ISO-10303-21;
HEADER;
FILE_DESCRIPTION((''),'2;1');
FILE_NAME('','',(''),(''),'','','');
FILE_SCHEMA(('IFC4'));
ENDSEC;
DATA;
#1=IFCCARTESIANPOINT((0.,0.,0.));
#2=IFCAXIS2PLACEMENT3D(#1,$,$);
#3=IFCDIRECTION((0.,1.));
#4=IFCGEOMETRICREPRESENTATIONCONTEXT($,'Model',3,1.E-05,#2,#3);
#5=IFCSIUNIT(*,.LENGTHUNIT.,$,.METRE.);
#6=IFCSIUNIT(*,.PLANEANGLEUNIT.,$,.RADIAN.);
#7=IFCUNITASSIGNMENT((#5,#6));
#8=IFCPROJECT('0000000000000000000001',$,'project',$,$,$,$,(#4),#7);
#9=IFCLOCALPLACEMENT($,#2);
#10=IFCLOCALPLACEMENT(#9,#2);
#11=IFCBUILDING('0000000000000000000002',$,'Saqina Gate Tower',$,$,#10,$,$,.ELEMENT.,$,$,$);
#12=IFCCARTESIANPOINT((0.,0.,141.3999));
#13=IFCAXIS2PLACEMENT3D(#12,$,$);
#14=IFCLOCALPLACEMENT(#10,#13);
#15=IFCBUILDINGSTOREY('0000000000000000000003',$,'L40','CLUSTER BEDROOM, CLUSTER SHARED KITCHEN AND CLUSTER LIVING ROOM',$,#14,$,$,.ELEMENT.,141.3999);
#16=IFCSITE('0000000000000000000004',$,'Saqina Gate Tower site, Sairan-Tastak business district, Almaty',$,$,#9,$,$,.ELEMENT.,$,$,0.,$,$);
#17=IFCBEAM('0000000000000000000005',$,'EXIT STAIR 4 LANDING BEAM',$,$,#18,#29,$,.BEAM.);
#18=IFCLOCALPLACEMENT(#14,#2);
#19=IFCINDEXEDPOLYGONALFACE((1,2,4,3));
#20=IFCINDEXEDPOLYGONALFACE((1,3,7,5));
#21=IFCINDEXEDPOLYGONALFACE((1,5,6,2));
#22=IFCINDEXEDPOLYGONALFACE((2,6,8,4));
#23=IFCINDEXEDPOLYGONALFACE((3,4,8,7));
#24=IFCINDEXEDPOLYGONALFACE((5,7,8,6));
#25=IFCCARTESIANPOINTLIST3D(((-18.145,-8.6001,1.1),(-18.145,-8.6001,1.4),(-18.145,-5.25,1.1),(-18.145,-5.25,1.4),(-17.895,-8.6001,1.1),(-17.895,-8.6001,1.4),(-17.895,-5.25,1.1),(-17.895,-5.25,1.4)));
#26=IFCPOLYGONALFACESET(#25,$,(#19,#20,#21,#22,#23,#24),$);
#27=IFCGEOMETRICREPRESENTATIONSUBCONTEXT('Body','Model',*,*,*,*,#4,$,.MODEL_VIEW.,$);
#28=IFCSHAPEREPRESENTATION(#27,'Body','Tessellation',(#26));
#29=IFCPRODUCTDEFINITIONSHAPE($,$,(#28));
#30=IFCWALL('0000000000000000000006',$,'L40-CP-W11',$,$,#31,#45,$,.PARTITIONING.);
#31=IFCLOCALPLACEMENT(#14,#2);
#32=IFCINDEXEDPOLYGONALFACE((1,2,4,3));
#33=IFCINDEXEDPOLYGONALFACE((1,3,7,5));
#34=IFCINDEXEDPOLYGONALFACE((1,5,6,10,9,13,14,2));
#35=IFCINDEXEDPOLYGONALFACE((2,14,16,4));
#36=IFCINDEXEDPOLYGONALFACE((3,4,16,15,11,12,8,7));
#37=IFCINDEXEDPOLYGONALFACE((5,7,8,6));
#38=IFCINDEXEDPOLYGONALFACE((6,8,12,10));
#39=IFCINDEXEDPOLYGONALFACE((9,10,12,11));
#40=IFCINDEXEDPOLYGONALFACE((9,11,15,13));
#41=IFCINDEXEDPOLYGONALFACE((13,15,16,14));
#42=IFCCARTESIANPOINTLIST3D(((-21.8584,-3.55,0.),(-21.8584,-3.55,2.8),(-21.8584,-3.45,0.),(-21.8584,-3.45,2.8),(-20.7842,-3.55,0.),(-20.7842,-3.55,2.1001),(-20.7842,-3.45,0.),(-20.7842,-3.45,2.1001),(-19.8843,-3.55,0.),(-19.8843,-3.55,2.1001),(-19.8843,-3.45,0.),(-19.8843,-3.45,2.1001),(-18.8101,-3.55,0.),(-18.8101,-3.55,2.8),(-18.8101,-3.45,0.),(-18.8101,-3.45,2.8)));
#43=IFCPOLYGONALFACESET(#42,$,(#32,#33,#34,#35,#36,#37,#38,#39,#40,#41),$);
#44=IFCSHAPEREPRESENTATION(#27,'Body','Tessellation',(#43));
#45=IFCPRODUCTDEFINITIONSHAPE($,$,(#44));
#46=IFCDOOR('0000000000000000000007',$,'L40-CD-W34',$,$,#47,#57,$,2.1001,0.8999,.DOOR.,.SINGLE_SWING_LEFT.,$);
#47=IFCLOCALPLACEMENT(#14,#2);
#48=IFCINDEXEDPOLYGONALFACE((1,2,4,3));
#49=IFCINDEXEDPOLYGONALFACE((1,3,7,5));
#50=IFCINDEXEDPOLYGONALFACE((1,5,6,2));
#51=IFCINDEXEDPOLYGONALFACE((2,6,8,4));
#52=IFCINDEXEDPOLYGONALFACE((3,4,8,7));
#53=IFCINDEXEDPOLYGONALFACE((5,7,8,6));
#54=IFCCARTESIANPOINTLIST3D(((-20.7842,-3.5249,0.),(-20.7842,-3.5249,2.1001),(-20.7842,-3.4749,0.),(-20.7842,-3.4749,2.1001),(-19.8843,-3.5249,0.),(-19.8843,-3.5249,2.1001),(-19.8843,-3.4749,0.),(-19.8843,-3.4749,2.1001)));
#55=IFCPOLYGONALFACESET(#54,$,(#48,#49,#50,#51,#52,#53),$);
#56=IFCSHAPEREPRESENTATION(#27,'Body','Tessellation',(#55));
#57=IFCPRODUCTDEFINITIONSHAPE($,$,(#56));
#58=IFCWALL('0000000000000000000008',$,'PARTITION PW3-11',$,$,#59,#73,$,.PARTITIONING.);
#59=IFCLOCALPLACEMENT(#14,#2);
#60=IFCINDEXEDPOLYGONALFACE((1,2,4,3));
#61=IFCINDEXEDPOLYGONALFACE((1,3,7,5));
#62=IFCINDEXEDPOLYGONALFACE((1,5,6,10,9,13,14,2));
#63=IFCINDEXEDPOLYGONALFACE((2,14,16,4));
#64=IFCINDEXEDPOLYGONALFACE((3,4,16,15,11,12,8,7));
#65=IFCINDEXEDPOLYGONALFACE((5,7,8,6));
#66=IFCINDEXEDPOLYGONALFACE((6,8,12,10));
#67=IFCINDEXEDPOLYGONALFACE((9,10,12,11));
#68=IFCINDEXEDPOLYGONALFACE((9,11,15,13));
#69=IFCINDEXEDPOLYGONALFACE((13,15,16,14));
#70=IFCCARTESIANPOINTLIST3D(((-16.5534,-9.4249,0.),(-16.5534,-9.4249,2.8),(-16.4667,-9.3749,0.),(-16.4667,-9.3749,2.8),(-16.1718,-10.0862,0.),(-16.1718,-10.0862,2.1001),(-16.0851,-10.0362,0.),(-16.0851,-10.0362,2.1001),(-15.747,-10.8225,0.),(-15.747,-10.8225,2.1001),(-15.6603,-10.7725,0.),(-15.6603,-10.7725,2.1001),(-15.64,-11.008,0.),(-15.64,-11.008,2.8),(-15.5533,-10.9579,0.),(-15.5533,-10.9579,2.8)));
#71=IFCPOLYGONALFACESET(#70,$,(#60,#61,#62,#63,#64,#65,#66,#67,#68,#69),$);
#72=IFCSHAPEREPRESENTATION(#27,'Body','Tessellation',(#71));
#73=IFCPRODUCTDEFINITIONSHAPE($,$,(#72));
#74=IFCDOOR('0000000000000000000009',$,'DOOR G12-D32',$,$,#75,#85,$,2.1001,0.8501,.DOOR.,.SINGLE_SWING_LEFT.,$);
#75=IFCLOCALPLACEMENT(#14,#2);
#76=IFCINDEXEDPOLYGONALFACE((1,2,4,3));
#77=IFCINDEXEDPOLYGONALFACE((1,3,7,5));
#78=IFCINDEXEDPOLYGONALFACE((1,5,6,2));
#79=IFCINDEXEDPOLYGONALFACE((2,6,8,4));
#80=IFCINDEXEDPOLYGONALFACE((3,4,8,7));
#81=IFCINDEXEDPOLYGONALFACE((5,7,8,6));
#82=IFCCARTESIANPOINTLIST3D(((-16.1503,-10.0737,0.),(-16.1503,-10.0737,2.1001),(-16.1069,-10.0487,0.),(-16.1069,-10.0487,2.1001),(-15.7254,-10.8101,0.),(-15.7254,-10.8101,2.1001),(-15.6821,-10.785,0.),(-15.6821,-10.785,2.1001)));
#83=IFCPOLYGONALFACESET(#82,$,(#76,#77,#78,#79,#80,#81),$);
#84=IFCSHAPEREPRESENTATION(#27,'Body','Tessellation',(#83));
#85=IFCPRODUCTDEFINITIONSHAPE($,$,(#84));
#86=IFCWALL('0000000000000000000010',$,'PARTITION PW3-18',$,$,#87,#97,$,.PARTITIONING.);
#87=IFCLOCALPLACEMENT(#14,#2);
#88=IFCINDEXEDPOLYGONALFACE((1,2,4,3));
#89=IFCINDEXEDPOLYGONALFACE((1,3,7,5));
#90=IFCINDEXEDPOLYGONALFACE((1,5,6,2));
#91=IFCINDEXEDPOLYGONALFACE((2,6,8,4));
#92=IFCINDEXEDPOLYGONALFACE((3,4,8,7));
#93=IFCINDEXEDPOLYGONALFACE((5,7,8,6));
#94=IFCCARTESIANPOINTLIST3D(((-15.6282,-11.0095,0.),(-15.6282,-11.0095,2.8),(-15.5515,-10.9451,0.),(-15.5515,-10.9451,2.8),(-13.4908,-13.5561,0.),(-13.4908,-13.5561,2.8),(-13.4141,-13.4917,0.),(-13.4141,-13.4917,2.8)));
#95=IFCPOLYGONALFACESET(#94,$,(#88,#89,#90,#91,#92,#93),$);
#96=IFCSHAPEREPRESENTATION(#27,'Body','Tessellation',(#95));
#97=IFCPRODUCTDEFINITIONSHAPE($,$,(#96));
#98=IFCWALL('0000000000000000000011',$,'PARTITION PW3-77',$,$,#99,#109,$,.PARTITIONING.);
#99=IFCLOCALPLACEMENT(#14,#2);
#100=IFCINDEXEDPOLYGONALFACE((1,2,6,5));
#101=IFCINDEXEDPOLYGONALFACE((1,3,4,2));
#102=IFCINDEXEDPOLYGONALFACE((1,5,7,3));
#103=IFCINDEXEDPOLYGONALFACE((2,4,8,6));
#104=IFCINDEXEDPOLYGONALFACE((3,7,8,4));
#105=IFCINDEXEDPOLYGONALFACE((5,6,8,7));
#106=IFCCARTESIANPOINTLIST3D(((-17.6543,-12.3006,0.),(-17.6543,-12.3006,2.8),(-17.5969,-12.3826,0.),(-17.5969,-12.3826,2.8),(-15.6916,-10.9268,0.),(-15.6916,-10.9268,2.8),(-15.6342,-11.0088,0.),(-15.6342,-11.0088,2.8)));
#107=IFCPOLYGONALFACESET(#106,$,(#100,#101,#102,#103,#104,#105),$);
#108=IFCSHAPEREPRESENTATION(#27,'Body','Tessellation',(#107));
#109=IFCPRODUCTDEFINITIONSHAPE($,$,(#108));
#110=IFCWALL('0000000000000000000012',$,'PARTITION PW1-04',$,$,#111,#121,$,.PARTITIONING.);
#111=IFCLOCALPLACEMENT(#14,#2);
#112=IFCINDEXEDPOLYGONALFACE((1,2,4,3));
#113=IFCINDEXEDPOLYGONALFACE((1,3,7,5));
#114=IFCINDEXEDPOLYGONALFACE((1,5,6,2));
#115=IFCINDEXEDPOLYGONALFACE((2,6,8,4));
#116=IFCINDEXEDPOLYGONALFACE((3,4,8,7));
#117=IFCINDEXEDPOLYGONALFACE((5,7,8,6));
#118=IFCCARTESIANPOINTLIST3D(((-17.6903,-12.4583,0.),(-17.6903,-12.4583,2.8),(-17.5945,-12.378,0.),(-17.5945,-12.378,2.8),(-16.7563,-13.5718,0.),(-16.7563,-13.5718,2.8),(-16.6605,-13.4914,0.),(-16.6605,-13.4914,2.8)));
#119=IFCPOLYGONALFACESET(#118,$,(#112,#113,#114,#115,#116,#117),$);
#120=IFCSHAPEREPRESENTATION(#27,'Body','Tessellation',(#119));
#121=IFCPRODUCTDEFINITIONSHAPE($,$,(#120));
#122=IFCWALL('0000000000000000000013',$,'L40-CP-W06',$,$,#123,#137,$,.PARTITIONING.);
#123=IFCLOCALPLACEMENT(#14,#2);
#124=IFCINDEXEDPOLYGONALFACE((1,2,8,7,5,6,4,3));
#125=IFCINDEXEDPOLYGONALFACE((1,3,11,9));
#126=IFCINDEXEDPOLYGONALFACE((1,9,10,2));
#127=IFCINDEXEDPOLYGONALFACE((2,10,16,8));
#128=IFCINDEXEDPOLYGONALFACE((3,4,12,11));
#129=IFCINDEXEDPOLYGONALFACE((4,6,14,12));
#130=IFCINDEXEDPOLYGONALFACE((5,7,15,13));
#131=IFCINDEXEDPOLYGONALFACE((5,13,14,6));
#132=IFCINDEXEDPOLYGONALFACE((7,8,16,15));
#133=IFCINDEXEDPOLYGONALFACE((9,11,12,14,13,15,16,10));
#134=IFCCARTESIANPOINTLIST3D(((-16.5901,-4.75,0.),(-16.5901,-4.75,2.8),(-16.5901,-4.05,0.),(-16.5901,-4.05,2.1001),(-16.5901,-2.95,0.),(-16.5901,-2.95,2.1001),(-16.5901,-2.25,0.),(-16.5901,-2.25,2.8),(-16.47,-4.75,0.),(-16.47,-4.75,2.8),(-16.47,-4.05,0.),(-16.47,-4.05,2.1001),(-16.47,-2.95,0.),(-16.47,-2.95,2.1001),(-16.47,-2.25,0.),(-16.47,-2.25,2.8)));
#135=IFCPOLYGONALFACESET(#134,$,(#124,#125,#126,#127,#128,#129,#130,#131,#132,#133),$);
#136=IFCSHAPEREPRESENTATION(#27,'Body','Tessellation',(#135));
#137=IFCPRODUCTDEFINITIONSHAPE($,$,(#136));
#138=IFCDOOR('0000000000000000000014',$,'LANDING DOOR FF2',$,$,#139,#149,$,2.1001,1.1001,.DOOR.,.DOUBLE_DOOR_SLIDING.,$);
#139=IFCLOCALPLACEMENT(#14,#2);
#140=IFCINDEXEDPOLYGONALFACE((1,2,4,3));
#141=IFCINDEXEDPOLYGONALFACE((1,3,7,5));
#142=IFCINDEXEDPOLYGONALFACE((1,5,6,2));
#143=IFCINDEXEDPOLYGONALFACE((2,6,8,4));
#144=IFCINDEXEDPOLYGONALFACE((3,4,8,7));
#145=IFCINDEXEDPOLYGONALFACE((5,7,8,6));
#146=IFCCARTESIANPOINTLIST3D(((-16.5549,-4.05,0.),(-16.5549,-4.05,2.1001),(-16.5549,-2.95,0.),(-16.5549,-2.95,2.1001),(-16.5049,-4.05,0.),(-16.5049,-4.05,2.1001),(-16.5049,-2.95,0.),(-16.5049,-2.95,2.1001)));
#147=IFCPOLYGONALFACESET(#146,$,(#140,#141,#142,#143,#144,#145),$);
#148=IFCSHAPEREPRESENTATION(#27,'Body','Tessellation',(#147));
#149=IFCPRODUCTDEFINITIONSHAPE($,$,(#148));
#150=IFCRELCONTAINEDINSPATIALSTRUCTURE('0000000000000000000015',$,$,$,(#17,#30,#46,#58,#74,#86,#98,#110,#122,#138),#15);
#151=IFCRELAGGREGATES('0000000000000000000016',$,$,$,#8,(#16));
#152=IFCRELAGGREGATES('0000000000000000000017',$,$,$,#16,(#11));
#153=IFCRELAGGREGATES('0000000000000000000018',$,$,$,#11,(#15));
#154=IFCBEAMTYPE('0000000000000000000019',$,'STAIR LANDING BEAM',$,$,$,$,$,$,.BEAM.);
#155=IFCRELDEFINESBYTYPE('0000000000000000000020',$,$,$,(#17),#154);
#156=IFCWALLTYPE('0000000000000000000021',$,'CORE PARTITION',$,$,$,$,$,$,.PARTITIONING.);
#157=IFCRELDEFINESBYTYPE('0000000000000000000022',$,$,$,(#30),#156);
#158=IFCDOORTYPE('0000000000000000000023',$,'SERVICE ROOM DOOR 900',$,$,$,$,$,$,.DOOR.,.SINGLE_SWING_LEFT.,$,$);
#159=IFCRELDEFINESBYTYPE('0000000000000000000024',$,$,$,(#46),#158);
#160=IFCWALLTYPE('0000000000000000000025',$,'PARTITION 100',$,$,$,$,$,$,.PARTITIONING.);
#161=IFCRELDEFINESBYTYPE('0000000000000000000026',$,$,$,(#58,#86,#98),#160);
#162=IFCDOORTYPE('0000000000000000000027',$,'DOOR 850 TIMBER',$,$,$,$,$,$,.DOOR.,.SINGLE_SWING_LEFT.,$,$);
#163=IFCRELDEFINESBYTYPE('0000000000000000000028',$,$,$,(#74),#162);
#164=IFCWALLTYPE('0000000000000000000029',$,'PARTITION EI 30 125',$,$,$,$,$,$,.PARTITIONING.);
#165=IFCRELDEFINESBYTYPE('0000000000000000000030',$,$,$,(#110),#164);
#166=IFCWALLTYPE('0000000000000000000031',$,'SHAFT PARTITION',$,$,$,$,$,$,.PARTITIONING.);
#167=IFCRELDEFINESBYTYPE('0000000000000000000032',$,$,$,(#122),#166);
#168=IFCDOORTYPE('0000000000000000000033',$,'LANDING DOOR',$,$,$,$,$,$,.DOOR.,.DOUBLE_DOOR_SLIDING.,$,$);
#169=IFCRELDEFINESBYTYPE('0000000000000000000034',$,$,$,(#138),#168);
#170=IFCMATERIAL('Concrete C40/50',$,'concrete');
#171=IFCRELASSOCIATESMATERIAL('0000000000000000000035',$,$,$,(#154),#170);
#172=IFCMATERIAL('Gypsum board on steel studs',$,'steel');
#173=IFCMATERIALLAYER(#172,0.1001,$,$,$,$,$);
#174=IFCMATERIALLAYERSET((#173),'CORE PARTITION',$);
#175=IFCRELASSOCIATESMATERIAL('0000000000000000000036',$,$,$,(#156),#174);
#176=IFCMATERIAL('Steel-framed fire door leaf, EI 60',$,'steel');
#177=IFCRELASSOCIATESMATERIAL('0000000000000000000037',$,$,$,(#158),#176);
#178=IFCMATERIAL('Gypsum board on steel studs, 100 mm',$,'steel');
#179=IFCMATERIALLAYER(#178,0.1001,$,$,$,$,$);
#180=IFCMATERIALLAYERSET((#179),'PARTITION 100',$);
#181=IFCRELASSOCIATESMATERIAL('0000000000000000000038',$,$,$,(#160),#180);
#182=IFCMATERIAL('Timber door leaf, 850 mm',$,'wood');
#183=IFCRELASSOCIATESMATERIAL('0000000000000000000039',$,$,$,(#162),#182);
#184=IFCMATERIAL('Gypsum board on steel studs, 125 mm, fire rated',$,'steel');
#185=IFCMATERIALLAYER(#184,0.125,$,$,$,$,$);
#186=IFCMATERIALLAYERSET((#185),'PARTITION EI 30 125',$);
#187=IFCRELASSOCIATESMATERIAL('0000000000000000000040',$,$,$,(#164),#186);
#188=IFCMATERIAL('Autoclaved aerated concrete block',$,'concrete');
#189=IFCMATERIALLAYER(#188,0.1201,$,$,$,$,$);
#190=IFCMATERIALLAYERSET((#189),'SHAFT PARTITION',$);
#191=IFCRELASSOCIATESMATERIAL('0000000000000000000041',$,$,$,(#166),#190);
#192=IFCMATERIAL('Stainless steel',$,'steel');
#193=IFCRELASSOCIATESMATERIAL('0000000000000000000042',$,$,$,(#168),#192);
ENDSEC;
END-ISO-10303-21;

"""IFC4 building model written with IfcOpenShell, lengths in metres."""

from ifc_helpers import new_model, si_unit, direction, frame, frame_2d, origin, origin_2d, place, context, subcontext, project, spatial, rectangle, extrude, material, layer, layer_set, material_profile, profile_set, type_object, element, fill, save


model = new_model("IFC4")

# Units and contexts
model_context = context("Model", 3, precision=1e-05, world=origin(), true_north=direction((0.0, 1.0)))
body_context = subcontext(model_context, "Body", "Model", "MODEL_VIEW")
ifc_project = project(units=[si_unit("LENGTHUNIT", "METRE"), si_unit("PLANEANGLEUNIT", "RADIAN")], contexts=[model_context])

# Site, building, storey
site_placement = place(None, origin())
site = spatial("IfcSite", under=ifc_project, at=site_placement, Name="Saqina Gate Tower site, Sairan-Tastak business district, Almaty", CompositionType="ELEMENT", RefElevation=0.0)
building_placement = place(site_placement, origin())
building = spatial("IfcBuilding", under=site, at=building_placement, Name="Saqina Gate Tower", CompositionType="ELEMENT")
storey_placement = place(building_placement, frame((0.0, 0.0, 141.3999)))
storey = spatial("IfcBuildingStorey", under=building, at=storey_placement, Name="L40", Description="CLUSTER BEDROOM, CLUSTER SHARED KITCHEN AND CLUSTER LIVING ROOM", CompositionType="ELEMENT", Elevation=141.3999)

# Beam
ifc_material_1 = material(Name="Concrete C40/50", Category="concrete")
ifc_material_profile = material_profile(ifc_material_1, rectangle(XDim=0.25, YDim=0.3, at=origin_2d()), Name="STAIR LANDING BEAM")
ifc_profile_set = profile_set([ifc_material_profile], Name="Concrete C40/50")
beam_type = type_object("IfcBeamType", Name="STAIR LANDING BEAM", PredefinedType="BEAM", material=ifc_profile_set)
beam_placement = place(storey_placement, frame((-18.02, -8.6001, 1.25), z_axis=(0.0, 1.0, 0.0), x_axis=(-1.0, 0.0, 0.0)))
element("IfcBeam", 1, at=beam_placement, inside=storey, type_object=beam_type, Name="EXIT STAIR 4 LANDING BEAM", PredefinedType="BEAM", context=body_context, shape_type="SweptSolid", body=[
    extrude(rectangle(XDim=0.25, YDim=0.3, at=origin_2d()), origin(), (0.0, 0.0, 1.0), 3.3501),
])

# Walls, openings, doors
ifc_material_2 = material(Name="Gypsum board on steel studs", Category="steel")
ifc_layer_1 = layer(ifc_material_2, 0.1001)
ifc_layer_set_1 = layer_set([ifc_layer_1], Name="CORE PARTITION")
wall_type_1 = type_object("IfcWallType", Name="CORE PARTITION", PredefinedType="PARTITIONING", material=ifc_layer_set_1)
wall_1_placement = place(storey_placement, frame((-18.8101, -3.5, 0.0), z_axis=(0.0, 0.0, 1.0), x_axis=(-1.0, 0.0, 0.0)))
wall_1 = element("IfcWall", 2, at=wall_1_placement, inside=storey, type_object=wall_type_1, Name="L40-CP-W11", PredefinedType="PARTITIONING", context=body_context, shape_type="SweptSolid", body=[
    extrude(rectangle(XDim=3.0483, YDim=0.1001, at=frame_2d((1.5242, 0.0))), origin(), (0.0, 0.0, 1.0), 2.8),
])
opening_1_placement = place(wall_1_placement, frame((1.0742, 0.0, 0.0)))
opening_1 = element("IfcOpeningElement", 3, at=opening_1_placement, cuts=wall_1, PredefinedType="OPENING", context=body_context, shape_type="SweptSolid", body=[
    extrude(rectangle(XDim=0.8999, YDim=2.1001, at=frame_2d((0.45, 1.05))), frame((0.0, 0.062, 0.0), z_axis=(0.0, -1.0, 0.0), x_axis=(1.0, 0.0, 0.0)), (0.0, 0.0, 1.0), 0.124),
])
ifc_material_3 = material(Name="Steel-framed fire door leaf, EI 60", Category="steel")
door_type_1 = type_object("IfcDoorType", Name="SERVICE ROOM DOOR 900", OperationType="SINGLE_SWING_LEFT", PredefinedType="DOOR", material=ifc_material_3)
door_1_placement = place(opening_1_placement, origin())
door_1 = element("IfcDoor", 4, at=door_1_placement, inside=storey, type_object=door_type_1, Name="L40-CD-W34", OperationType="SINGLE_SWING_LEFT", OverallHeight=2.1001, OverallWidth=0.8999, PredefinedType="DOOR", context=body_context, shape_type="SweptSolid", body=[
    extrude(rectangle(XDim=0.8999, YDim=2.1001, at=frame_2d((0.45, 1.05))), frame((0.0, 0.0249, 0.0), z_axis=(0.0, -1.0, 0.0), x_axis=(1.0, 0.0, 0.0)), (0.0, 0.0, 1.0), 0.05),
])
fill(opening_1, door_1)
ifc_material_4 = material(Name="Gypsum board on steel studs, 100 mm", Category="steel")
ifc_layer_2 = layer(ifc_material_4, 0.1001)
ifc_layer_set_2 = layer_set([ifc_layer_2], Name="PARTITION 100")
wall_type_2 = type_object("IfcWallType", Name="PARTITION 100", PredefinedType="PARTITIONING", material=ifc_layer_set_2)
wall_2_placement = place(storey_placement, frame((-16.51, -9.3999, 0.0), z_axis=(0.0, 0.0, 1.0), x_axis=(0.499746, -0.866172, 0.0)))
wall_2 = element("IfcWall", 5, at=wall_2_placement, inside=storey, type_object=wall_type_2, Name="PARTITION PW3-11", PredefinedType="PARTITIONING", context=body_context, shape_type="SweptSolid", body=[
    extrude(rectangle(XDim=1.8276, YDim=0.1001, at=frame_2d((0.9138, 0.0))), origin(), (0.0, 0.0, 1.0), 2.8),
])
opening_2_placement = place(wall_2_placement, frame((0.7634, 0.0, 0.0)))
opening_2 = element("IfcOpeningElement", 6, at=opening_2_placement, cuts=wall_2, PredefinedType="OPENING", context=body_context, shape_type="SweptSolid", body=[
    extrude(rectangle(XDim=0.8501, YDim=2.1001, at=frame_2d((0.425, 1.05))), frame((0.0, 0.062, 0.0), z_axis=(0.0, -1.0, 0.0), x_axis=(1.0, 0.0, 0.0)), (0.0, 0.0, 1.0), 0.124),
])
ifc_material_5 = material(Name="Timber door leaf, 850 mm", Category="wood")
door_type_2 = type_object("IfcDoorType", Name="DOOR 850 TIMBER", OperationType="SINGLE_SWING_LEFT", PredefinedType="DOOR", material=ifc_material_5)
door_2_placement = place(opening_2_placement, origin())
door_2 = element("IfcDoor", 7, at=door_2_placement, inside=storey, type_object=door_type_2, Name="DOOR G12-D32", OperationType="SINGLE_SWING_LEFT", OverallHeight=2.1001, OverallWidth=0.8501, PredefinedType="DOOR", context=body_context, shape_type="SweptSolid", body=[
    extrude(rectangle(XDim=0.8501, YDim=2.1001, at=frame_2d((0.425, 1.05))), frame((0.0, 0.0249, 0.0), z_axis=(0.0, -1.0, 0.0), x_axis=(1.0, 0.0, 0.0)), (0.0, 0.0, 1.0), 0.05),
])
fill(opening_2, door_2)

# Walls
wall_3_placement = place(storey_placement, frame((-15.5898, -10.9773, 0.0), z_axis=(0.0, 0.0, 1.0), x_axis=(0.642889, -0.765959, 0.0)))
element("IfcWall", 8, at=wall_3_placement, inside=storey, type_object=wall_type_2, Name="PARTITION PW3-18", PredefinedType="PARTITIONING", context=body_context, shape_type="SweptSolid", body=[
    extrude(rectangle(XDim=3.3247, YDim=0.1001, at=frame_2d((1.6624, 0.0))), origin(), (0.0, 0.0, 1.0), 2.8),
])
wall_4_placement = place(storey_placement, frame((-17.6255, -12.3416, 0.0), z_axis=(0.0, 0.0, 1.0), x_axis=(0.819246, 0.573442, 0.0)))
element("IfcWall", 9, at=wall_4_placement, inside=storey, type_object=wall_type_2, Name="PARTITION PW3-77", PredefinedType="PARTITIONING", context=body_context, shape_type="SweptSolid", body=[
    extrude(rectangle(XDim=2.3958, YDim=0.1001, at=frame_2d((1.1978, 0.0))), origin(), (0.0, 0.0, 1.0), 2.8),
])
ifc_material_6 = material(Name="Gypsum board on steel studs, 125 mm, fire rated", Category="steel")
ifc_layer_3 = layer(ifc_material_6, 0.125)
ifc_layer_set_3 = layer_set([ifc_layer_3], Name="PARTITION EI 30 125")
wall_type_3 = type_object("IfcWallType", Name="PARTITION EI 30 125", PredefinedType="PARTITIONING", material=ifc_layer_set_3)
wall_5_placement = place(storey_placement, frame((-17.6423, -12.4182, 0.0), z_axis=(0.0, 0.0, 1.0), x_axis=(0.642676, -0.766138, 0.0)))
element("IfcWall", 10, at=wall_5_placement, inside=storey, type_object=wall_type_3, Name="PARTITION PW1-04", PredefinedType="PARTITIONING", context=body_context, shape_type="SweptSolid", body=[
    extrude(rectangle(XDim=1.4534, YDim=0.125, at=frame_2d((0.7266, 0.0))), origin(), (0.0, 0.0, 1.0), 2.8),
])

# Wall, opening, door
ifc_material_7 = material(Name="Autoclaved aerated concrete block", Category="concrete")
ifc_layer_4 = layer(ifc_material_7, 0.1201)
ifc_layer_set_4 = layer_set([ifc_layer_4], Name="SHAFT PARTITION")
wall_type_4 = type_object("IfcWallType", Name="SHAFT PARTITION", PredefinedType="PARTITIONING", material=ifc_layer_set_4)
wall_6_placement = place(storey_placement, frame((-16.53, -4.75, 0.0), z_axis=(0.0, 0.0, 1.0), x_axis=(0.0, 1.0, 0.0)))
wall_6 = element("IfcWall", 11, at=wall_6_placement, inside=storey, type_object=wall_type_4, Name="L40-CP-W06", PredefinedType="PARTITIONING", context=body_context, shape_type="SweptSolid", body=[
    extrude(rectangle(XDim=2.5, YDim=0.1201, at=frame_2d((1.25, 0.0))), origin(), (0.0, 0.0, 1.0), 2.8),
])
opening_3_placement = place(wall_6_placement, frame((0.7, 0.0, 0.0)))
opening_3 = element("IfcOpeningElement", 12, at=opening_3_placement, cuts=wall_6, PredefinedType="OPENING", context=body_context, shape_type="SweptSolid", body=[
    extrude(rectangle(XDim=1.1001, YDim=2.1001, at=frame_2d((0.55, 1.05))), frame((0.0, 0.072, 0.0), z_axis=(0.0, -1.0, 0.0), x_axis=(1.0, 0.0, 0.0)), (0.0, 0.0, 1.0), 0.144),
])
ifc_material_8 = material(Name="Stainless steel", Category="steel")
door_type_3 = type_object("IfcDoorType", Name="LANDING DOOR", OperationType="DOUBLE_DOOR_SLIDING", PredefinedType="DOOR", material=ifc_material_8)
door_3_placement = place(opening_3_placement, origin())
door_3 = element("IfcDoor", 13, at=door_3_placement, inside=storey, type_object=door_type_3, Name="LANDING DOOR FF2", OperationType="DOUBLE_DOOR_SLIDING", OverallHeight=2.1001, OverallWidth=1.1001, PredefinedType="DOOR", context=body_context, shape_type="SweptSolid", body=[
    extrude(rectangle(XDim=1.1001, YDim=2.1001, at=frame_2d((0.55, 1.05))), frame((0.0, 0.0249, 0.0), z_axis=(0.0, -1.0, 0.0), x_axis=(1.0, 0.0, 0.0)), (0.0, 0.0, 1.0), 0.05),
])
fill(opening_3, door_3)

save(model, "model.ifc")
